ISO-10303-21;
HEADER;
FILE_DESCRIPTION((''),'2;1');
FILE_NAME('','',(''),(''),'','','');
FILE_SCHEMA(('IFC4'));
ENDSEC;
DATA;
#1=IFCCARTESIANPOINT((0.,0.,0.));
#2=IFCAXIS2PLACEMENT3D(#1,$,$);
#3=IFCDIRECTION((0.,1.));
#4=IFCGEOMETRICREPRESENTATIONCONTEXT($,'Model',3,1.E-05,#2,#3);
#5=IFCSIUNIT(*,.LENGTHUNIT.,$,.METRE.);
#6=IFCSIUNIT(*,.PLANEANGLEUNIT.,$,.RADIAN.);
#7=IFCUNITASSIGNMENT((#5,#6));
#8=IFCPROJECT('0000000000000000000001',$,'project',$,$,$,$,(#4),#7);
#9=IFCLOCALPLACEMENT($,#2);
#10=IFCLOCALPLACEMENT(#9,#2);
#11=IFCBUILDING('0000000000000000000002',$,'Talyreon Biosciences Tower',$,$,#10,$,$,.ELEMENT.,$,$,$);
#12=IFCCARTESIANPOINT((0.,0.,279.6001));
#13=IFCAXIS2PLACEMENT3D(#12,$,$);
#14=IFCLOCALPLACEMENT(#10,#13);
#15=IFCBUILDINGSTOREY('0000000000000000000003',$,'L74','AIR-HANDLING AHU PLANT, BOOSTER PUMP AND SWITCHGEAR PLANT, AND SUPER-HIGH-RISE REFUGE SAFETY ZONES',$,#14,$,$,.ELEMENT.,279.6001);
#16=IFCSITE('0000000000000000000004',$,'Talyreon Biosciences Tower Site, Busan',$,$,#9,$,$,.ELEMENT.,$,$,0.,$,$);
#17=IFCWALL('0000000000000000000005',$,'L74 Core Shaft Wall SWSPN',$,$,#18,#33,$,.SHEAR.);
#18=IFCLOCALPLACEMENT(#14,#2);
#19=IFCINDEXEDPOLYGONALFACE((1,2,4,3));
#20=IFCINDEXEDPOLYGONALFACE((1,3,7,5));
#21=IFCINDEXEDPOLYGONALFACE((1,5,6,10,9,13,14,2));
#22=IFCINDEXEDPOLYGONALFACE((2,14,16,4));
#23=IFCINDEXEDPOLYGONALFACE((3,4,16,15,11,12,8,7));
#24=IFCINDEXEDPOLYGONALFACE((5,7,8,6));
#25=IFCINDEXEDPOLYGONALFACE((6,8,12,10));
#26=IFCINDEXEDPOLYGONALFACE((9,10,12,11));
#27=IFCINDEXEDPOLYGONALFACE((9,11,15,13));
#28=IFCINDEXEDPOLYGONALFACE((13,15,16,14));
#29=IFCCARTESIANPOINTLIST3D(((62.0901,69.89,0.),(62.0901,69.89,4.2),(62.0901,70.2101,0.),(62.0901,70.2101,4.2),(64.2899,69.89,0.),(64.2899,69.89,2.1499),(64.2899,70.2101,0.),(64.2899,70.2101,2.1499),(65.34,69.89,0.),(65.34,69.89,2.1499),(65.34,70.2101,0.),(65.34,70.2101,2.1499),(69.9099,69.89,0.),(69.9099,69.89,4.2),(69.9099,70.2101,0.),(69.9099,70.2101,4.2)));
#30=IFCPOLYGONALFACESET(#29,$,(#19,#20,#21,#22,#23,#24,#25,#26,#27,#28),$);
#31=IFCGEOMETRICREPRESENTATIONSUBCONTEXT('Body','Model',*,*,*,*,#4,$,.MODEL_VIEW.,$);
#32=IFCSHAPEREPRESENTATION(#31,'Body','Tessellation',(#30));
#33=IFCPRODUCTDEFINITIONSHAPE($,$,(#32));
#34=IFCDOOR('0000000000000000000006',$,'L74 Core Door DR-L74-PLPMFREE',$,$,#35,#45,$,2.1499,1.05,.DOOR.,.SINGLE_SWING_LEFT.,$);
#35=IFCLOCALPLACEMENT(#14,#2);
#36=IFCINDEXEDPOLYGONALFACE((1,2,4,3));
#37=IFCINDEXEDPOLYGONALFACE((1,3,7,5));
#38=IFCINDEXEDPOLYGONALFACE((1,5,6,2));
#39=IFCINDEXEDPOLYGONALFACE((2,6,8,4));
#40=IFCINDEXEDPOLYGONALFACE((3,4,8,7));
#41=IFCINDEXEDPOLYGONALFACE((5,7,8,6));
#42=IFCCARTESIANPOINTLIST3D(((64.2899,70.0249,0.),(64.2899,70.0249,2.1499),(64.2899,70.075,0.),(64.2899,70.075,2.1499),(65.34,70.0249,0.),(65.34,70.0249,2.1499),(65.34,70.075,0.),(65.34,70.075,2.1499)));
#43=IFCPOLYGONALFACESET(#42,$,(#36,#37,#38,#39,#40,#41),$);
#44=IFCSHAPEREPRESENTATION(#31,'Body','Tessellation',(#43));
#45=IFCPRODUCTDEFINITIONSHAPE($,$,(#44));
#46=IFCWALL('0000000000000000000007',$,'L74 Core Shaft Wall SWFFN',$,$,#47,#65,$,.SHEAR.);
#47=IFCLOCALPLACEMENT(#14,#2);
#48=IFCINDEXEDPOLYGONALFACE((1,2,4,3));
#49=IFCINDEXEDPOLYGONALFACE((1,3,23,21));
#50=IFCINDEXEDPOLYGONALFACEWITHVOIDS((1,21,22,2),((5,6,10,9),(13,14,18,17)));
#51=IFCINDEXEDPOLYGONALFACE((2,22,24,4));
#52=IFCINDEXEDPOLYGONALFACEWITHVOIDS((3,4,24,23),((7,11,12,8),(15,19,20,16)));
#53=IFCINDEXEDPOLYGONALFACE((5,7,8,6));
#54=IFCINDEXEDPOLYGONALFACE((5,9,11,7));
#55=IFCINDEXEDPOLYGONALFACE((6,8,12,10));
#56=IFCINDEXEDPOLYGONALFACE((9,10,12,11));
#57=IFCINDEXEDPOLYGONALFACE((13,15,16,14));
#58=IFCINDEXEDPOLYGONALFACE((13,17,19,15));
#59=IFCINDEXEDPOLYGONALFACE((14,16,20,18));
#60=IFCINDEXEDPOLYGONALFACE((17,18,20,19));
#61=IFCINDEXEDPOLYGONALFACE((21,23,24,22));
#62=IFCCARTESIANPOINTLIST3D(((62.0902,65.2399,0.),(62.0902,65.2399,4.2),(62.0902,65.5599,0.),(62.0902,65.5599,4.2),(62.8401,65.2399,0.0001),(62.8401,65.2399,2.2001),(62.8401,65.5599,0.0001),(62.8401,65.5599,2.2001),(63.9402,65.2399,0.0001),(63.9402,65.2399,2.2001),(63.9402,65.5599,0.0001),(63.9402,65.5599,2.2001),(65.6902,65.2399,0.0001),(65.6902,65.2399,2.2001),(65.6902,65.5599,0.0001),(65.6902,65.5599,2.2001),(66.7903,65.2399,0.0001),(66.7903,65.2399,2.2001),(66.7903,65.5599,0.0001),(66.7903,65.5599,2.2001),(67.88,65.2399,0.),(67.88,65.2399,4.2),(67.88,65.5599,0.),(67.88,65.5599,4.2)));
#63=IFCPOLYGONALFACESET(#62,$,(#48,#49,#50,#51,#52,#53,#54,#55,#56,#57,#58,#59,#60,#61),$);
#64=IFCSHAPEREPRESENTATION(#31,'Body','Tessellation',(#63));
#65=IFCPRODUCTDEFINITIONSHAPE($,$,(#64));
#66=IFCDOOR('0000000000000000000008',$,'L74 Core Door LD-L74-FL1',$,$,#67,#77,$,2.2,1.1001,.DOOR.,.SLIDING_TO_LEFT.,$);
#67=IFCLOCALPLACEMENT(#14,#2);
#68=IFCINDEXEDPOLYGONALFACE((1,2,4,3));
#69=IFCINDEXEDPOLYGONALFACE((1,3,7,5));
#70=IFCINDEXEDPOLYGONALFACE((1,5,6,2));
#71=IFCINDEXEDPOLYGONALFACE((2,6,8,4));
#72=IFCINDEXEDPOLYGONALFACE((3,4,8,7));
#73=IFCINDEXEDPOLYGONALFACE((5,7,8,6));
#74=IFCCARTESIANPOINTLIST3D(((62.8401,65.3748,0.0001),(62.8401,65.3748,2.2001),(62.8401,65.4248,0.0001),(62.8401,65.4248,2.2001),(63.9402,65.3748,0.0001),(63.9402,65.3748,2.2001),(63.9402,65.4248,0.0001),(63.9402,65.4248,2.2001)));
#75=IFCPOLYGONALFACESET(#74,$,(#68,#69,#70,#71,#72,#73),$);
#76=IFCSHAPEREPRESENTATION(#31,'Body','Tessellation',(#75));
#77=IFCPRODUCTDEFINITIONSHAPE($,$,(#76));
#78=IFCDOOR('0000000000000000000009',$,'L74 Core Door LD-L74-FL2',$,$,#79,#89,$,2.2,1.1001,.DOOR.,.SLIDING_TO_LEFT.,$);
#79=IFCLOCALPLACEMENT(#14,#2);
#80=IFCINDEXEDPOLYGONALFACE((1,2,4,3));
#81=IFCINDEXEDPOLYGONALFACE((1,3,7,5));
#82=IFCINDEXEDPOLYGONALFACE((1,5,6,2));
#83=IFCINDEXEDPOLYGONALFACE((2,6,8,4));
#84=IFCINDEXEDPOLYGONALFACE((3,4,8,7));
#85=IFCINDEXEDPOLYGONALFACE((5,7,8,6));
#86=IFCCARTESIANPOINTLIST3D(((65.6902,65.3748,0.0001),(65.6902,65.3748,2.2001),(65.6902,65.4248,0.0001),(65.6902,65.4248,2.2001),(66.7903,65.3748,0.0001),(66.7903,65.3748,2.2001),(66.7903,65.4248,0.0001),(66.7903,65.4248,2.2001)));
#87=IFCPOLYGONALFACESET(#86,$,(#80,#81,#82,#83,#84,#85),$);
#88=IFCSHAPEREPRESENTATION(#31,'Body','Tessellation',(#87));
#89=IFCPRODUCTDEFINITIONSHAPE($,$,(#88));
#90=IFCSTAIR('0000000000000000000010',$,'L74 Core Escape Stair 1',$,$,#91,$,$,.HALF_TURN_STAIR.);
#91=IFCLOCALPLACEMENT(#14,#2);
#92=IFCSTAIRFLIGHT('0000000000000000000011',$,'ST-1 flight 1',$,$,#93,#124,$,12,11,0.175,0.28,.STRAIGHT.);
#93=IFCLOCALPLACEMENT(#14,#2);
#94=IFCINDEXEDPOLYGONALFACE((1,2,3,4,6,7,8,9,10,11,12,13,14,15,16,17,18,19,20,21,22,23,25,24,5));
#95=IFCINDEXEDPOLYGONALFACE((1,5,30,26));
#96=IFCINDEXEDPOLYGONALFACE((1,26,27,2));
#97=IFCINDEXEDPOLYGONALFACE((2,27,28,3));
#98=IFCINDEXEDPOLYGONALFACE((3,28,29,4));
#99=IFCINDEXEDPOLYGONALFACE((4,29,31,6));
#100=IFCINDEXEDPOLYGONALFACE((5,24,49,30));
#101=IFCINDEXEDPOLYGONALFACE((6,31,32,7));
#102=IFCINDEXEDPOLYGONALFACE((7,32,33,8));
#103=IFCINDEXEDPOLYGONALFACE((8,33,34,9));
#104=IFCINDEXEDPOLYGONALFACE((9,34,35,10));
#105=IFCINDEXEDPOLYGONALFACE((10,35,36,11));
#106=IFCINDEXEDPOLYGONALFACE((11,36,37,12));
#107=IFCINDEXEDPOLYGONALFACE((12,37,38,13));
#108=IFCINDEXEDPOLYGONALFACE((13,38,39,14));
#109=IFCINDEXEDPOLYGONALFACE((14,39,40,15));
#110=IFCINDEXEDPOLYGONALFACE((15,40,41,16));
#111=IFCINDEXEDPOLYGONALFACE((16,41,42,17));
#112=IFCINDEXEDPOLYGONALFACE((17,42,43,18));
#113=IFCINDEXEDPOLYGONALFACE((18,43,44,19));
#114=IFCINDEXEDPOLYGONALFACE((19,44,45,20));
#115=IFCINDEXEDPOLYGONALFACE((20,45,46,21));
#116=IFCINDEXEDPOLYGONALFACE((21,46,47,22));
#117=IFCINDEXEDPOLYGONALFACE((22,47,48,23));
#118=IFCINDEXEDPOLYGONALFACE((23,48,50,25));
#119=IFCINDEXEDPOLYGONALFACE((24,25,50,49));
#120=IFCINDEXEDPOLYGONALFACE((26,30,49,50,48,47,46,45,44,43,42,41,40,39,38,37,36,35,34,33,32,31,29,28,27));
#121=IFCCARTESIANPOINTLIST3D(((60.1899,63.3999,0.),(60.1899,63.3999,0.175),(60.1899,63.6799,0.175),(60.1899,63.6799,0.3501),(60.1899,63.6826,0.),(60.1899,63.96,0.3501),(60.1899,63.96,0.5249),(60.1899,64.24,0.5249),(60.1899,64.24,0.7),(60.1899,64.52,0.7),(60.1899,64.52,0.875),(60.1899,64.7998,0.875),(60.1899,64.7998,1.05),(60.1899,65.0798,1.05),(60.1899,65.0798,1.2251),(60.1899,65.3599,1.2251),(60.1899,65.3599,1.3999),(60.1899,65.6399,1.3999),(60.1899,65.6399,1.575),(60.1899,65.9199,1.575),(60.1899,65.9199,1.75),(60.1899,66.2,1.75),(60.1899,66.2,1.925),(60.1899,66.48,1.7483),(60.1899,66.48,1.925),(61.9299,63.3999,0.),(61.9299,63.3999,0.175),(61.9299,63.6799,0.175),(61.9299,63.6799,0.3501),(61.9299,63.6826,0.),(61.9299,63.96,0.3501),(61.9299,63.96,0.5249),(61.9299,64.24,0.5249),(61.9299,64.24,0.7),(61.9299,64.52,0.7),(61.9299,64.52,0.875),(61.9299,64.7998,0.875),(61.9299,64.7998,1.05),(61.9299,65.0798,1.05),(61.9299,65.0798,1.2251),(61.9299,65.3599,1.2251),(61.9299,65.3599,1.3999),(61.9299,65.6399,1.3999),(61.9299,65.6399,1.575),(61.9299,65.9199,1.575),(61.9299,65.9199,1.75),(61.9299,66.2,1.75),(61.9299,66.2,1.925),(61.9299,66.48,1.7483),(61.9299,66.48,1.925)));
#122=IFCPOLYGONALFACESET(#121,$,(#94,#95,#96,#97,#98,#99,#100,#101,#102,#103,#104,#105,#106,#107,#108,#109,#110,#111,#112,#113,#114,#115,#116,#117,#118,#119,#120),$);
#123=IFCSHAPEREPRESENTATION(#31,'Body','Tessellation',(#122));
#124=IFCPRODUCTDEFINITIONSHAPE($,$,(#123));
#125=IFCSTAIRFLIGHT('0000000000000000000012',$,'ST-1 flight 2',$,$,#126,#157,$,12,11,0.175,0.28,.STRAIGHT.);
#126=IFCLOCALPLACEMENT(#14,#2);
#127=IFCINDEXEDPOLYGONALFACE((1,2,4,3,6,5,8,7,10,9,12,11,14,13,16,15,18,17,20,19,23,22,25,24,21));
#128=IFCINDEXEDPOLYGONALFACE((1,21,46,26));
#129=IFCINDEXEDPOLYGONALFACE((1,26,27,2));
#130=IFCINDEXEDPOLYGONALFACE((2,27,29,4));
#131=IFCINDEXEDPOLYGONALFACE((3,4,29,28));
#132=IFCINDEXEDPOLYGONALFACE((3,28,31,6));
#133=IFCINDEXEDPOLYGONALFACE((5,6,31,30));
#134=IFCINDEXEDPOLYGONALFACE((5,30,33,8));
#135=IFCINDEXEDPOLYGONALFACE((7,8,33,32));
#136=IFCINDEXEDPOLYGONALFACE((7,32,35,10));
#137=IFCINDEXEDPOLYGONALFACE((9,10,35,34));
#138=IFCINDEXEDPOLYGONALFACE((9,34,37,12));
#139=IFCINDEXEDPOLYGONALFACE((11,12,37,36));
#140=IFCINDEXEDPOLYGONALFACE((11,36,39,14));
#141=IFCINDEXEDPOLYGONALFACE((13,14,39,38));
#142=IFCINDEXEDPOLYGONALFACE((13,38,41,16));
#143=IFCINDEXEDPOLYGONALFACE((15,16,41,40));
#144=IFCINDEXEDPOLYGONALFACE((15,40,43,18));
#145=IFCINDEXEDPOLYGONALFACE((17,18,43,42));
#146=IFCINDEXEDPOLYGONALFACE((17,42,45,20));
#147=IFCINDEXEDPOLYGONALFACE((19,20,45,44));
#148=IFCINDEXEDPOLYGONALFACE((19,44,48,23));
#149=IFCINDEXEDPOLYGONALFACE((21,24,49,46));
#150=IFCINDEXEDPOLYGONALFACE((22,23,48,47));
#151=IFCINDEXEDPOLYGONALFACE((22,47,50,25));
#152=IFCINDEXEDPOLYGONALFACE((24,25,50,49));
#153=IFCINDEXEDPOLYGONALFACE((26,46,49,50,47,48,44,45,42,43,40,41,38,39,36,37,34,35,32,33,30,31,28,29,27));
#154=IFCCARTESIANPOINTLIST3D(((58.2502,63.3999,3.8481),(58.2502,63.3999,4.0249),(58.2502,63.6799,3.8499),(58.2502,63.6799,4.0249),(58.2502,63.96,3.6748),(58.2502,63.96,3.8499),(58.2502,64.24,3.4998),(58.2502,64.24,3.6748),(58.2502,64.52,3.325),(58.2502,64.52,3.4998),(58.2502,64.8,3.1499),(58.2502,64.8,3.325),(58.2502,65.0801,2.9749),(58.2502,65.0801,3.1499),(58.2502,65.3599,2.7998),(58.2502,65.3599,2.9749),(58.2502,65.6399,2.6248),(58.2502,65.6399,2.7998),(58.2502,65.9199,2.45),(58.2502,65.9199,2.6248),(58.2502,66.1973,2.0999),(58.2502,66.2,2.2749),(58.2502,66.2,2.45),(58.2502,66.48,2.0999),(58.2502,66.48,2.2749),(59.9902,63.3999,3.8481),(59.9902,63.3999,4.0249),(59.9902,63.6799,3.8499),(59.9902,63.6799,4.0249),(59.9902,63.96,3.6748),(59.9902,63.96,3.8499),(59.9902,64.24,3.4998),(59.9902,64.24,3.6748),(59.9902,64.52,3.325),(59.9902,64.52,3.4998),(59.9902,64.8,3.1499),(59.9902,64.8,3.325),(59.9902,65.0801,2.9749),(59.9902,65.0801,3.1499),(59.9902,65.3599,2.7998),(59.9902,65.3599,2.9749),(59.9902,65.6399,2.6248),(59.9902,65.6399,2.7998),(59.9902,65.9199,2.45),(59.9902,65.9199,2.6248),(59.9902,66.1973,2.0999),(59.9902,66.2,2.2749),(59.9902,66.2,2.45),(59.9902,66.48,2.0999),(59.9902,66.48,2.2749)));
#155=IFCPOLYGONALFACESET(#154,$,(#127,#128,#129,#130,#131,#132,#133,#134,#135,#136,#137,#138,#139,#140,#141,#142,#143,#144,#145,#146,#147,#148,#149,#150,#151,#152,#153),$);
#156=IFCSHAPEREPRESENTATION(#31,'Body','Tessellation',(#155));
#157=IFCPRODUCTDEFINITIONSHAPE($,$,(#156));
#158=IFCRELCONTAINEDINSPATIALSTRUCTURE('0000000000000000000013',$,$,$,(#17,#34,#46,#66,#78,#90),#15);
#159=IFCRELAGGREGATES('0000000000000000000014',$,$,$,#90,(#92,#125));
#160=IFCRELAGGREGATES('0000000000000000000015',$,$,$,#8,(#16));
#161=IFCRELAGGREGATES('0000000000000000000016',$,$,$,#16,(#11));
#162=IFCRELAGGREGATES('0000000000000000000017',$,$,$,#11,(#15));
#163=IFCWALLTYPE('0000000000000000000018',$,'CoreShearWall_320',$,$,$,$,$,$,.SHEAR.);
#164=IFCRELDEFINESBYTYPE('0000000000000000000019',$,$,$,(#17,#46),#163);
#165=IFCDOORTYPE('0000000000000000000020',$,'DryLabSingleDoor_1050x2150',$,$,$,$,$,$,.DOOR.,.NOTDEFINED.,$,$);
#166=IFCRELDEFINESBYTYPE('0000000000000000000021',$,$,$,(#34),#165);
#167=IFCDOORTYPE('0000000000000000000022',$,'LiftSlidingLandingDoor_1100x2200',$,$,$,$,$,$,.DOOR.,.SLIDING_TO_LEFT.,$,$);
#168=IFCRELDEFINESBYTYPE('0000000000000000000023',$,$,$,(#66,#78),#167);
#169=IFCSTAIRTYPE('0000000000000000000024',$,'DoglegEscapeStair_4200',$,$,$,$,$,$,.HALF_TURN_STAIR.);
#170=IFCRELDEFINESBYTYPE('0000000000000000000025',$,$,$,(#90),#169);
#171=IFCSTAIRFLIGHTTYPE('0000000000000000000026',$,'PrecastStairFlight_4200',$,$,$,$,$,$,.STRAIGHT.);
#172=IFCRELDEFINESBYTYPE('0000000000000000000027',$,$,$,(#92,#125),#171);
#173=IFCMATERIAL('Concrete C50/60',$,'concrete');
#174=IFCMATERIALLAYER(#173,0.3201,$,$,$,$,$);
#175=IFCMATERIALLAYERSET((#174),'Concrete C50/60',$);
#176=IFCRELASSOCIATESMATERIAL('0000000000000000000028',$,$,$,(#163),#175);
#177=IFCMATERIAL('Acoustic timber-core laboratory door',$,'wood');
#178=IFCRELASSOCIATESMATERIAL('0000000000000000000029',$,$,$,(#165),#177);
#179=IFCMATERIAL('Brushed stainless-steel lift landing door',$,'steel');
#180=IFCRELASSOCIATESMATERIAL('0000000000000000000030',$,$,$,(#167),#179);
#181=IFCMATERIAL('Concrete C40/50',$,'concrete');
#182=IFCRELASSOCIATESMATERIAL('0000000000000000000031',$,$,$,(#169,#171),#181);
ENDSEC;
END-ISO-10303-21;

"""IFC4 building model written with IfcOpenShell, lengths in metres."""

from ifc_helpers import new_model, si_unit, direction, frame, frame_2d, origin, place, context, subcontext, project, spatial, polyline, rectangle, outline, extrude, material, layer, layer_set, type_object, element, fill, aggregate, save


model = new_model("IFC4")

# Units and contexts
model_context = context("Model", 3, precision=1e-05, world=origin(), true_north=direction((0.0, 1.0)))
body_context = subcontext(model_context, "Body", "Model", "MODEL_VIEW")
ifc_project = project(units=[si_unit("LENGTHUNIT", "METRE"), si_unit("PLANEANGLEUNIT", "RADIAN")], contexts=[model_context])

# Site, building, storey
site_placement = place(None, origin())
site = spatial("IfcSite", under=ifc_project, at=site_placement, Name="Talyreon Biosciences Tower Site, Busan", CompositionType="ELEMENT", RefElevation=0.0)
building_placement = place(site_placement, origin())
building = spatial("IfcBuilding", under=site, at=building_placement, Name="Talyreon Biosciences Tower", CompositionType="ELEMENT")
storey_placement = place(building_placement, frame((0.0, 0.0, 279.6001)))
storey = spatial("IfcBuildingStorey", under=building, at=storey_placement, Name="L74", Description="AIR-HANDLING AHU PLANT, BOOSTER PUMP AND SWITCHGEAR PLANT, AND SUPER-HIGH-RISE REFUGE SAFETY ZONES", CompositionType="ELEMENT", Elevation=279.6001)

# Shared definitions
ifc_material_1 = material(Name="Concrete C50/60", Category="concrete")

# Shared definitions
ifc_layer_1 = layer(ifc_material_1, 0.3201)
ifc_layer_set_1 = layer_set([ifc_layer_1], Name="Concrete C50/60")
wall_type_1 = type_object("IfcWallType", Name="CoreShearWall_320", PredefinedType="SHEAR", material=ifc_layer_set_1)

# Wall, opening, door
wall_1_placement = place(storey_placement, frame((62.0901, 70.05, 0.0), z_axis=(0.0, 0.0, 1.0), x_axis=(1.0, 0.0, 0.0)))
wall_1 = element("IfcWall", 1, at=wall_1_placement, inside=storey, type_object=wall_type_1, Name="L74 Core Shaft Wall SWSPN", PredefinedType="SHEAR", context=body_context, shape_type="SweptSolid", body=[
    extrude(rectangle(XDim=7.8198, YDim=0.3201, at=frame_2d((3.9099, 0.0))), origin(), (0.0, 0.0, 1.0), 4.2),
])
opening_1_placement = place(wall_1_placement, frame((2.2, 0.0, 0.0)))
opening_1 = element("IfcOpeningElement", 2, at=opening_1_placement, cuts=wall_1, PredefinedType="OPENING", context=body_context, shape_type="SweptSolid", body=[
    extrude(rectangle(XDim=1.05, YDim=2.1499, at=frame_2d((0.5249, 1.075))), frame((0.0, 0.1699, 0.0), z_axis=(0.0, -1.0, 0.0), x_axis=(1.0, 0.0, 0.0)), (0.0, 0.0, 1.0), 0.3401),
])
ifc_material_2 = material(Name="Acoustic timber-core laboratory door", Category="wood")
door_type_1 = type_object("IfcDoorType", Name="DryLabSingleDoor_1050x2150", OperationType="NOTDEFINED", PredefinedType="DOOR", material=ifc_material_2)
door_1_placement = place(opening_1_placement, origin())
door_1 = element("IfcDoor", 3, at=door_1_placement, inside=storey, type_object=door_type_1, Name="L74 Core Door DR-L74-PLPMFREE", OperationType="SINGLE_SWING_LEFT", OverallHeight=2.1499, OverallWidth=1.05, PredefinedType="DOOR", context=body_context, shape_type="SweptSolid", body=[
    extrude(rectangle(XDim=1.05, YDim=2.1499, at=frame_2d((0.5249, 1.075))), frame((0.0, 0.0249, 0.0), z_axis=(0.0, -1.0, 0.0), x_axis=(1.0, 0.0, 0.0)), (0.0, 0.0, 1.0), 0.05),
])
fill(opening_1, door_1)

# Wall, openings, doors
wall_2_placement = place(storey_placement, frame((62.0901, 65.3999, 0.0), z_axis=(0.0, 0.0, 1.0), x_axis=(1.0, 0.0, 0.0)))
wall_2 = element("IfcWall", 4, at=wall_2_placement, inside=storey, type_object=wall_type_1, Name="L74 Core Shaft Wall SWFFN", PredefinedType="SHEAR", context=body_context, shape_type="SweptSolid", body=[
    extrude(rectangle(XDim=5.7898, YDim=0.3201, at=frame_2d((2.895, 0.0))), origin(), (0.0, 0.0, 1.0), 4.2),
])
opening_2_placement = place(wall_2_placement, frame((0.75, 0.0, 0.0)))
opening_2 = element("IfcOpeningElement", 5, at=opening_2_placement, cuts=wall_2, PredefinedType="OPENING", context=body_context, shape_type="SweptSolid", body=[
    extrude(rectangle(XDim=1.1001, YDim=2.2, at=frame_2d((0.55, 1.1001))), frame((0.0, 0.1699, 0.0), z_axis=(0.0, -1.0, 0.0), x_axis=(1.0, 0.0, 0.0)), (0.0, 0.0, 1.0), 0.3401),
])
opening_3_placement = place(wall_2_placement, frame((3.6001, 0.0, 0.0)))
opening_3 = element("IfcOpeningElement", 6, at=opening_3_placement, cuts=wall_2, PredefinedType="OPENING", context=body_context, shape_type="SweptSolid", body=[
    extrude(rectangle(XDim=1.1001, YDim=2.2, at=frame_2d((0.55, 1.1001))), frame((0.0, 0.1699, 0.0), z_axis=(0.0, -1.0, 0.0), x_axis=(1.0, 0.0, 0.0)), (0.0, 0.0, 1.0), 0.3401),
])
ifc_material_3 = material(Name="Brushed stainless-steel lift landing door", Category="steel")
door_type_2 = type_object("IfcDoorType", Name="LiftSlidingLandingDoor_1100x2200", OperationType="SLIDING_TO_LEFT", PredefinedType="DOOR", material=ifc_material_3)
door_2_placement = place(opening_2_placement, origin())
door_2 = element("IfcDoor", 7, at=door_2_placement, inside=storey, type_object=door_type_2, Name="L74 Core Door LD-L74-FL1", OperationType="SLIDING_TO_LEFT", OverallHeight=2.2, OverallWidth=1.1001, PredefinedType="DOOR", context=body_context, shape_type="SweptSolid", body=[
    extrude(rectangle(XDim=1.1001, YDim=2.2, at=frame_2d((0.55, 1.1001))), frame((0.0, 0.0249, 0.0), z_axis=(0.0, -1.0, 0.0), x_axis=(1.0, 0.0, 0.0)), (0.0, 0.0, 1.0), 0.05),
])
fill(opening_2, door_2)
door_3_placement = place(opening_3_placement, origin())
door_3 = element("IfcDoor", 8, at=door_3_placement, inside=storey, type_object=door_type_2, Name="L74 Core Door LD-L74-FL2", OperationType="SLIDING_TO_LEFT", OverallHeight=2.2, OverallWidth=1.1001, PredefinedType="DOOR", context=body_context, shape_type="SweptSolid", body=[
    extrude(rectangle(XDim=1.1001, YDim=2.2, at=frame_2d((0.55, 1.1001))), frame((0.0, 0.0249, 0.0), z_axis=(0.0, -1.0, 0.0), x_axis=(1.0, 0.0, 0.0)), (0.0, 0.0, 1.0), 0.05),
])
fill(opening_3, door_3)

# Stair, stair flights
ifc_material_4 = material(Name="Concrete C40/50", Category="concrete")
stair_type = type_object("IfcStairType", Name="DoglegEscapeStair_4200", PredefinedType="HALF_TURN_STAIR", material=ifc_material_4)
stair_placement = place(storey_placement, origin())
stair = element("IfcStair", 9, at=stair_placement, inside=storey, type_object=stair_type, Name="L74 Core Escape Stair 1", PredefinedType="HALF_TURN_STAIR")
stair_flight_type = type_object("IfcStairFlightType", Name="PrecastStairFlight_4200", PredefinedType="STRAIGHT", material=ifc_material_4)
stair_flight_1_placement = place(storey_placement, frame((61.0601, 63.3999, 0.0), z_axis=(0.0, 0.0, 1.0), x_axis=(0.0, 1.0, 0.0)))
stair_flight_1 = element("IfcStairFlight", 10, at=stair_flight_1_placement, type_object=stair_flight_type, Name="ST-1 flight 1", NumberOfRisers=12, NumberOfTreads=11, PredefinedType="STRAIGHT", RiserHeight=0.175, TreadLength=0.28, context=body_context, shape_type="SweptSolid", body=[
    extrude(outline(polyline([(0.0, 0.0), (0.0, 0.175), (0.28, 0.175), (0.28, 0.3501), (0.5601, 0.3501), (0.5601, 0.5249), (0.8401, 0.5249), (0.8401, 0.7), (1.1201, 0.7), (1.1201, 0.875), (1.3999, 0.875), (1.3999, 1.05), (1.6799, 1.05), (1.6799, 1.2251), (1.96, 1.2251), (1.96, 1.3999), (2.24, 1.3999), (2.24, 1.575), (2.52, 1.575), (2.52, 1.75), (2.8, 1.75), (2.8, 1.925), (3.0801, 1.925), (3.0801, 2.1001), (3.0801, 1.7483), (0.2827, 0.0), (0.0, 0.0)])), frame((0.0, 0.8701, 0.0), z_axis=(0.0, -1.0, 0.0), x_axis=(1.0, 0.0, 0.0)), (0.0, 0.0, 1.0), 1.74),
])
stair_flight_2_placement = place(storey_placement, frame((59.1201, 66.48, 2.0999), z_axis=(0.0, 0.0, 1.0), x_axis=(0.0, -1.0, 0.0)))
stair_flight_2 = element("IfcStairFlight", 11, at=stair_flight_2_placement, type_object=stair_flight_type, Name="ST-1 flight 2", NumberOfRisers=12, NumberOfTreads=11, PredefinedType="STRAIGHT", RiserHeight=0.175, TreadLength=0.28, context=body_context, shape_type="SweptSolid", body=[
    extrude(outline(polyline([(0.0, 0.0), (0.0, 0.175), (0.28, 0.175), (0.28, 0.3501), (0.5601, 0.3501), (0.5601, 0.5249), (0.8401, 0.5249), (0.8401, 0.7), (1.1201, 0.7), (1.1201, 0.875), (1.3999, 0.875), (1.3999, 1.05), (1.6799, 1.05), (1.6799, 1.2251), (1.96, 1.2251), (1.96, 1.3999), (2.24, 1.3999), (2.24, 1.575), (2.52, 1.575), (2.52, 1.75), (2.8, 1.75), (2.8, 1.925), (3.0801, 1.925), (3.0801, 2.1001), (3.0801, 1.7483), (0.2827, 0.0), (0.0, 0.0)])), frame((0.0, 0.8701, 0.0), z_axis=(0.0, -1.0, 0.0), x_axis=(1.0, 0.0, 0.0)), (0.0, 0.0, 1.0), 1.74),
])
aggregate(stair, [stair_flight_1, stair_flight_2])

save(model, "model.ifc")
